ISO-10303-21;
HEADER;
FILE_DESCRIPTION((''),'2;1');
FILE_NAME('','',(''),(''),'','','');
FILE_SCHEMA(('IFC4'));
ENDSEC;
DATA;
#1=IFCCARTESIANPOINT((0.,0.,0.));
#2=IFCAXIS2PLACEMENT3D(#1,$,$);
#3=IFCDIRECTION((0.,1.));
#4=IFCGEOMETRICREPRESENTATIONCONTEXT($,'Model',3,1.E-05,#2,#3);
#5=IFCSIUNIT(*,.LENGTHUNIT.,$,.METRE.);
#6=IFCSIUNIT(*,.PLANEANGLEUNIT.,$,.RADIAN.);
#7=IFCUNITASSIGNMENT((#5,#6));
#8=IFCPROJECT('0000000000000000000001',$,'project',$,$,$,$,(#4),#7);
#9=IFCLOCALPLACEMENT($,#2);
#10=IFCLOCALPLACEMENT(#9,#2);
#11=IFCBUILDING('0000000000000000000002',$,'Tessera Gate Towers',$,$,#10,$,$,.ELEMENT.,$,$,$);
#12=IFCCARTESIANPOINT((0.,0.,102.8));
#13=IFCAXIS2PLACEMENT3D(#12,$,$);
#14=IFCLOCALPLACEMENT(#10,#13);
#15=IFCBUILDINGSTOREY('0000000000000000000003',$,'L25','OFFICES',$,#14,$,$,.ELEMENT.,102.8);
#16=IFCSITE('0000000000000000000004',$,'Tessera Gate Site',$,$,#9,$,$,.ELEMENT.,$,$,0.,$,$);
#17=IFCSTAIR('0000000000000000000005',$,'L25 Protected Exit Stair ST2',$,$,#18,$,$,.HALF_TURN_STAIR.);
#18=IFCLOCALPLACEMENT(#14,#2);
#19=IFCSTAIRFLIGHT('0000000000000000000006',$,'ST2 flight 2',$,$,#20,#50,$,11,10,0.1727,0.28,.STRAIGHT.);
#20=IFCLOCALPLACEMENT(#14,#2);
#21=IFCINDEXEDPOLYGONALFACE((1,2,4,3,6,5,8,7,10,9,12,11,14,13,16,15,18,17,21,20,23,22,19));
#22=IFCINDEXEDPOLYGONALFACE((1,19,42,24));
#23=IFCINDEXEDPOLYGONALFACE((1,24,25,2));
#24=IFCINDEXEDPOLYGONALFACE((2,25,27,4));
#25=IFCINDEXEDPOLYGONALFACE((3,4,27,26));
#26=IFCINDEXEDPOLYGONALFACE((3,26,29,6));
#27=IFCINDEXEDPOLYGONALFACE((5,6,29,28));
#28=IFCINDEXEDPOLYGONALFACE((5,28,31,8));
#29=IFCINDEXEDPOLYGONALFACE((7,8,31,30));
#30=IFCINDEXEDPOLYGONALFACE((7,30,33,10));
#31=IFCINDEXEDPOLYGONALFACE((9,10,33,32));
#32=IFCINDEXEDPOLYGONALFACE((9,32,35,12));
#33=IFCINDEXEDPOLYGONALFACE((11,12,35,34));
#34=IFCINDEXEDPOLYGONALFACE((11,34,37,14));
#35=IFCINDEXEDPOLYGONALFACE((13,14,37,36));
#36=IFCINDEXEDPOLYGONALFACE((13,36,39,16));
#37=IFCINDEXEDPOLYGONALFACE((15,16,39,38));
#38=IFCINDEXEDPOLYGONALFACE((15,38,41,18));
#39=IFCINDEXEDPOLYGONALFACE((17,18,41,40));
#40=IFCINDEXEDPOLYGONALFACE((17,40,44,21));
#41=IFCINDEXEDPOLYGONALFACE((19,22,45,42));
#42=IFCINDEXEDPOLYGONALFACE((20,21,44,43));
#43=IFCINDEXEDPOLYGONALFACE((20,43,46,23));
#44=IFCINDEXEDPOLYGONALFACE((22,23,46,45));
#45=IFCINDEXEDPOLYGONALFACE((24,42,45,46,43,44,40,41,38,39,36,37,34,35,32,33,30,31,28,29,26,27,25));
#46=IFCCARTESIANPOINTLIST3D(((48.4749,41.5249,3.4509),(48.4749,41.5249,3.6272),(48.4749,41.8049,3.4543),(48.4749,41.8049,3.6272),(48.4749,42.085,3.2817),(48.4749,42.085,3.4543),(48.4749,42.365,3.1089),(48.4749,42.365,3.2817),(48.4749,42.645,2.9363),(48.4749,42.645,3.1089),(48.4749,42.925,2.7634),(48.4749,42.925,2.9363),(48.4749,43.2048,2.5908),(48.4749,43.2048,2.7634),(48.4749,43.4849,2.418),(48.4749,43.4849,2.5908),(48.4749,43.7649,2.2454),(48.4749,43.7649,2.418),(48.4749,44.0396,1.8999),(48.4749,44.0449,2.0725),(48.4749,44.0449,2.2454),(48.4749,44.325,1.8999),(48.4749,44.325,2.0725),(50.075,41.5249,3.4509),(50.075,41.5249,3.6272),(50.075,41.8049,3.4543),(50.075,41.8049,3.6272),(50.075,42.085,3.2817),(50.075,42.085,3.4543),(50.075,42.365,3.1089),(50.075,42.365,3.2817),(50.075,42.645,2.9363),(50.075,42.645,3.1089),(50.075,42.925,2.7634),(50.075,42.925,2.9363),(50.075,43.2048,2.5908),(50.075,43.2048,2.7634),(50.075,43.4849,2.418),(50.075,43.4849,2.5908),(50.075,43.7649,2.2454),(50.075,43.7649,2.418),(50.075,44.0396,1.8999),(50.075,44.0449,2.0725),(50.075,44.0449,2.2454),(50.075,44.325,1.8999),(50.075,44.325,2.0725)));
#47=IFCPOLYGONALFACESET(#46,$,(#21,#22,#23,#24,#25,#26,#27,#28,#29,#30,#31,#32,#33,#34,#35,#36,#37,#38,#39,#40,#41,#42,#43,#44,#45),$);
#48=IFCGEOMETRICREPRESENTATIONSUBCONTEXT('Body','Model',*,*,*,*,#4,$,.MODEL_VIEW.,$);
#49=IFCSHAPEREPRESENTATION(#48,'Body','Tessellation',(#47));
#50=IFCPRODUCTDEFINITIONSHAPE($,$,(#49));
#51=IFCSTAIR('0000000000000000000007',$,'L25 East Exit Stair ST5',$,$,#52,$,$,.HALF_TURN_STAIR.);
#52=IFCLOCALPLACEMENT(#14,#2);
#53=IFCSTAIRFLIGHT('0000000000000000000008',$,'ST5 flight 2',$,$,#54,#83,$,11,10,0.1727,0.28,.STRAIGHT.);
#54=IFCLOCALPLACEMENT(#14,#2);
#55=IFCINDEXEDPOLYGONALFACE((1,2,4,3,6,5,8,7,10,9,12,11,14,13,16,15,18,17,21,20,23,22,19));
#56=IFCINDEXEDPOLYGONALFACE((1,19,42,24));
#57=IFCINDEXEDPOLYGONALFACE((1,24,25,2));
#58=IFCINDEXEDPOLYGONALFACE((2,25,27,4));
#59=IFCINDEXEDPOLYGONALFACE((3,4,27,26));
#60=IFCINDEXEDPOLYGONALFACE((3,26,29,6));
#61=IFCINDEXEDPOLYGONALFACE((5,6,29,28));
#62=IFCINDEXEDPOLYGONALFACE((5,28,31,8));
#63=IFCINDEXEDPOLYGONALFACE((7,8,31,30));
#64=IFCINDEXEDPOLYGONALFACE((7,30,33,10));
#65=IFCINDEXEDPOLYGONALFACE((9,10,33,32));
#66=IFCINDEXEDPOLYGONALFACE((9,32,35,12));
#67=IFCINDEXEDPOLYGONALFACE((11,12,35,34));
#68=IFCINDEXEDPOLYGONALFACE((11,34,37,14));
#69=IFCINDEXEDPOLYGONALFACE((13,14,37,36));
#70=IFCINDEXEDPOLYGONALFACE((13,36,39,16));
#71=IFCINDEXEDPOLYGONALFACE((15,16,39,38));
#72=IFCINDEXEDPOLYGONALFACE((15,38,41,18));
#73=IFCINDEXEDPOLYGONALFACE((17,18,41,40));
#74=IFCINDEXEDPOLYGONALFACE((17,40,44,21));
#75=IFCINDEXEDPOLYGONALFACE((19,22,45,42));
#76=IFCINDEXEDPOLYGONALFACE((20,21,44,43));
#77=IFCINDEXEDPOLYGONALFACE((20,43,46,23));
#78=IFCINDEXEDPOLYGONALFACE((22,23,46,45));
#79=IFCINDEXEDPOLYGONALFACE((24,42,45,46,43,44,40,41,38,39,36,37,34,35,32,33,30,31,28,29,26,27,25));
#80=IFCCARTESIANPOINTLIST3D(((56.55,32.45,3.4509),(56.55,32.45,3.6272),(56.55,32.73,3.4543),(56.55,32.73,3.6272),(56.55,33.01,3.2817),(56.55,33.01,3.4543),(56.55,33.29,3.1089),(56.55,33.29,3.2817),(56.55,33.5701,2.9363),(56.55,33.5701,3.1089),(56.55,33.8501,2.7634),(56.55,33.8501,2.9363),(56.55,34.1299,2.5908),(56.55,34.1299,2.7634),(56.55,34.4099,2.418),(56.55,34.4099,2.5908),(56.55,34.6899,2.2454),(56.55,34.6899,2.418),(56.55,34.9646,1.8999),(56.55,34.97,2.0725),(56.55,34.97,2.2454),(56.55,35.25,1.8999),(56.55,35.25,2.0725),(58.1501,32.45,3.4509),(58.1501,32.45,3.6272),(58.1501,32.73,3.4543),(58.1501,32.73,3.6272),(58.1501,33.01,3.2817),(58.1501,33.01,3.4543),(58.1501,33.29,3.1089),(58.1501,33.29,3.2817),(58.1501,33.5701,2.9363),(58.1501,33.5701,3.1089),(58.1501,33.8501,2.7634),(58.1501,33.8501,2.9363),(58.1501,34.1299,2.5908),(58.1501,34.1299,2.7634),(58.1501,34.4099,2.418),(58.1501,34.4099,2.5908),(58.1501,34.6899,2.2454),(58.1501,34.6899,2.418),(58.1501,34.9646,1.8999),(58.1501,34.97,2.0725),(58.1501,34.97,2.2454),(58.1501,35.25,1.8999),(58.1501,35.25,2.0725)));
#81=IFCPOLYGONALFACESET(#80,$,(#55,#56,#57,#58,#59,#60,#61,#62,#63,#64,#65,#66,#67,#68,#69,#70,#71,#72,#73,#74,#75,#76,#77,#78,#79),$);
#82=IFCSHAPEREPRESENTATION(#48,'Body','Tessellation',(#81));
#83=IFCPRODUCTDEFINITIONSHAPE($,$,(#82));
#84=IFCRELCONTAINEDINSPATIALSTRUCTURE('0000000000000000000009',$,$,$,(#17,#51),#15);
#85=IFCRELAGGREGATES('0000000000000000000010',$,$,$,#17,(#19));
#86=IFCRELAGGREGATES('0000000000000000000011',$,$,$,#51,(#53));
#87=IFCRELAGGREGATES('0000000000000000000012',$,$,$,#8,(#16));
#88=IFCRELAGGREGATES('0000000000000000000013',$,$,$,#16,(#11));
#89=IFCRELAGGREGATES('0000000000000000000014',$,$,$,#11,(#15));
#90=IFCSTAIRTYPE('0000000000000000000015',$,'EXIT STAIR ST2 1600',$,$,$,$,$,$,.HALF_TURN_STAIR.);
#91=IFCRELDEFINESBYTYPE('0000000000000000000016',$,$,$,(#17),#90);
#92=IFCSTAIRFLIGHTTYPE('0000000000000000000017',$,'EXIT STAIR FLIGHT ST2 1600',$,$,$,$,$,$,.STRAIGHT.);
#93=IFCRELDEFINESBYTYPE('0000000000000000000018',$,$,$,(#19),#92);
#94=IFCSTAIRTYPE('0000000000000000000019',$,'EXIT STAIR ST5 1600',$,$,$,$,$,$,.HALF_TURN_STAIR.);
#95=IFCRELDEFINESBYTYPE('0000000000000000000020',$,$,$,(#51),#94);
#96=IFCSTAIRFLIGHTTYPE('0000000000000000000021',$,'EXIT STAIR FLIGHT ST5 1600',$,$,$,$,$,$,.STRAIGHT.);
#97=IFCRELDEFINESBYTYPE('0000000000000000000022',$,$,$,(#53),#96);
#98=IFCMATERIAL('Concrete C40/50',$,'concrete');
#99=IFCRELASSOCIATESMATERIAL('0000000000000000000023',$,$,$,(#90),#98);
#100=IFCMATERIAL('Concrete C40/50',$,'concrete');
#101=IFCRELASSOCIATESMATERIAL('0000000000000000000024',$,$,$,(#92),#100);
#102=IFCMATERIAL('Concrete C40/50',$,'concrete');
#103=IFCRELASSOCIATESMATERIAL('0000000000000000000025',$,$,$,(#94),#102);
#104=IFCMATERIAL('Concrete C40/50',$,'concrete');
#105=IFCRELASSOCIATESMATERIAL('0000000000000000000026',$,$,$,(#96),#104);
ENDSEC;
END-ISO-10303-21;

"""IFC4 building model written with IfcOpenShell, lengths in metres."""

from ifc_helpers import new_model, si_unit, direction, frame, origin, place, context, subcontext, project, spatial, polyline, outline, extrude, material, type_object, element, aggregate, save


model = new_model("IFC4")

# Units and contexts
model_context = context("Model", 3, precision=1e-05, world=origin(), true_north=direction((0.0, 1.0)))
body_context = subcontext(model_context, "Body", "Model", "MODEL_VIEW")
ifc_project = project(units=[si_unit("LENGTHUNIT", "METRE"), si_unit("PLANEANGLEUNIT", "RADIAN")], contexts=[model_context])

# Site, building, storey
site_placement = place(None, origin())
site = spatial("IfcSite", under=ifc_project, at=site_placement, Name="Tessera Gate Site", CompositionType="ELEMENT", RefElevation=0.0)
building_placement = place(site_placement, origin())
building = spatial("IfcBuilding", under=site, at=building_placement, Name="Tessera Gate Towers", CompositionType="ELEMENT")
storey_placement = place(building_placement, frame((0.0, 0.0, 102.8)))
storey = spatial("IfcBuildingStorey", under=building, at=storey_placement, Name="L25", Description="OFFICES", CompositionType="ELEMENT", Elevation=102.8)

# Stair, stair flight
ifc_material_1 = material(Name="Concrete C40/50", Category="concrete")
stair_type_1 = type_object("IfcStairType", Name="EXIT STAIR ST2 1600", PredefinedType="HALF_TURN_STAIR", material=ifc_material_1)
stair_1_placement = place(storey_placement, origin())
stair_1 = element("IfcStair", 1, at=stair_1_placement, inside=storey, type_object=stair_type_1, Name="L25 Protected Exit Stair ST2", PredefinedType="HALF_TURN_STAIR")
ifc_material_2 = material(Name="Concrete C40/50", Category="concrete")
stair_flight_type_1 = type_object("IfcStairFlightType", Name="EXIT STAIR FLIGHT ST2 1600", PredefinedType="STRAIGHT", material=ifc_material_2)
stair_flight_1_placement = place(storey_placement, frame((49.2749, 44.325, 1.8999), z_axis=(0.0, 0.0, 1.0), x_axis=(0.0, -1.0, 0.0)))
stair_flight_1 = element("IfcStairFlight", 2, at=stair_flight_1_placement, type_object=stair_flight_type_1, Name="ST2 flight 2", NumberOfRisers=11, NumberOfTreads=10, PredefinedType="STRAIGHT", RiserHeight=0.1727, TreadLength=0.28, context=body_context, shape_type="SweptSolid", body=[
    extrude(outline(polyline([(0.0, 0.0), (0.0, 0.1726), (0.28, 0.1726), (0.28, 0.3455), (0.5601, 0.3455), (0.5601, 0.5181), (0.8401, 0.5181), (0.8401, 0.6909), (1.1201, 0.6909), (1.1201, 0.8635), (1.3999, 0.8635), (1.3999, 1.0364), (1.6799, 1.0364), (1.6799, 1.209), (1.96, 1.209), (1.96, 1.3818), (2.24, 1.3818), (2.24, 1.5544), (2.52, 1.5544), (2.52, 1.7273), (2.8, 1.7273), (2.8, 1.8999), (2.8, 1.551), (0.2854, 0.0), (0.0, 0.0)])), frame((0.0, 0.8, 0.0), z_axis=(0.0, -1.0, 0.0), x_axis=(1.0, 0.0, 0.0)), (0.0, 0.0, 1.0), 1.6001),
])
aggregate(stair_1, [stair_flight_1])

# Stair, stair flight
ifc_material_3 = material(Name="Concrete C40/50", Category="concrete")
stair_type_2 = type_object("IfcStairType", Name="EXIT STAIR ST5 1600", PredefinedType="HALF_TURN_STAIR", material=ifc_material_3)
stair_2_placement = place(storey_placement, origin())
stair_2 = element("IfcStair", 3, at=stair_2_placement, inside=storey, type_object=stair_type_2, Name="L25 East Exit Stair ST5", PredefinedType="HALF_TURN_STAIR")
ifc_material_4 = material(Name="Concrete C40/50", Category="concrete")
stair_flight_type_2 = type_object("IfcStairFlightType", Name="EXIT STAIR FLIGHT ST5 1600", PredefinedType="STRAIGHT", material=ifc_material_4)
stair_flight_2_placement = place(storey_placement, frame((57.3501, 35.25, 1.8999), z_axis=(0.0, 0.0, 1.0), x_axis=(0.0, -1.0, 0.0)))
stair_flight_2 = element("IfcStairFlight", 4, at=stair_flight_2_placement, type_object=stair_flight_type_2, Name="ST5 flight 2", NumberOfRisers=11, NumberOfTreads=10, PredefinedType="STRAIGHT", RiserHeight=0.1727, TreadLength=0.28, context=body_context, shape_type="SweptSolid", body=[
    extrude(outline(polyline([(0.0, 0.0), (0.0, 0.1726), (0.28, 0.1726), (0.28, 0.3455), (0.5601, 0.3455), (0.5601, 0.5181), (0.8401, 0.5181), (0.8401, 0.6909), (1.1201, 0.6909), (1.1201, 0.8635), (1.3999, 0.8635), (1.3999, 1.0364), (1.6799, 1.0364), (1.6799, 1.209), (1.96, 1.209), (1.96, 1.3818), (2.24, 1.3818), (2.24, 1.5544), (2.52, 1.5544), (2.52, 1.7273), (2.8, 1.7273), (2.8, 1.8999), (2.8, 1.551), (0.2854, 0.0), (0.0, 0.0)])), frame((0.0, 0.8, 0.0), z_axis=(0.0, -1.0, 0.0), x_axis=(1.0, 0.0, 0.0)), (0.0, 0.0, 1.0), 1.6001),
])
aggregate(stair_2, [stair_flight_2])

save(model, "model.ifc")
